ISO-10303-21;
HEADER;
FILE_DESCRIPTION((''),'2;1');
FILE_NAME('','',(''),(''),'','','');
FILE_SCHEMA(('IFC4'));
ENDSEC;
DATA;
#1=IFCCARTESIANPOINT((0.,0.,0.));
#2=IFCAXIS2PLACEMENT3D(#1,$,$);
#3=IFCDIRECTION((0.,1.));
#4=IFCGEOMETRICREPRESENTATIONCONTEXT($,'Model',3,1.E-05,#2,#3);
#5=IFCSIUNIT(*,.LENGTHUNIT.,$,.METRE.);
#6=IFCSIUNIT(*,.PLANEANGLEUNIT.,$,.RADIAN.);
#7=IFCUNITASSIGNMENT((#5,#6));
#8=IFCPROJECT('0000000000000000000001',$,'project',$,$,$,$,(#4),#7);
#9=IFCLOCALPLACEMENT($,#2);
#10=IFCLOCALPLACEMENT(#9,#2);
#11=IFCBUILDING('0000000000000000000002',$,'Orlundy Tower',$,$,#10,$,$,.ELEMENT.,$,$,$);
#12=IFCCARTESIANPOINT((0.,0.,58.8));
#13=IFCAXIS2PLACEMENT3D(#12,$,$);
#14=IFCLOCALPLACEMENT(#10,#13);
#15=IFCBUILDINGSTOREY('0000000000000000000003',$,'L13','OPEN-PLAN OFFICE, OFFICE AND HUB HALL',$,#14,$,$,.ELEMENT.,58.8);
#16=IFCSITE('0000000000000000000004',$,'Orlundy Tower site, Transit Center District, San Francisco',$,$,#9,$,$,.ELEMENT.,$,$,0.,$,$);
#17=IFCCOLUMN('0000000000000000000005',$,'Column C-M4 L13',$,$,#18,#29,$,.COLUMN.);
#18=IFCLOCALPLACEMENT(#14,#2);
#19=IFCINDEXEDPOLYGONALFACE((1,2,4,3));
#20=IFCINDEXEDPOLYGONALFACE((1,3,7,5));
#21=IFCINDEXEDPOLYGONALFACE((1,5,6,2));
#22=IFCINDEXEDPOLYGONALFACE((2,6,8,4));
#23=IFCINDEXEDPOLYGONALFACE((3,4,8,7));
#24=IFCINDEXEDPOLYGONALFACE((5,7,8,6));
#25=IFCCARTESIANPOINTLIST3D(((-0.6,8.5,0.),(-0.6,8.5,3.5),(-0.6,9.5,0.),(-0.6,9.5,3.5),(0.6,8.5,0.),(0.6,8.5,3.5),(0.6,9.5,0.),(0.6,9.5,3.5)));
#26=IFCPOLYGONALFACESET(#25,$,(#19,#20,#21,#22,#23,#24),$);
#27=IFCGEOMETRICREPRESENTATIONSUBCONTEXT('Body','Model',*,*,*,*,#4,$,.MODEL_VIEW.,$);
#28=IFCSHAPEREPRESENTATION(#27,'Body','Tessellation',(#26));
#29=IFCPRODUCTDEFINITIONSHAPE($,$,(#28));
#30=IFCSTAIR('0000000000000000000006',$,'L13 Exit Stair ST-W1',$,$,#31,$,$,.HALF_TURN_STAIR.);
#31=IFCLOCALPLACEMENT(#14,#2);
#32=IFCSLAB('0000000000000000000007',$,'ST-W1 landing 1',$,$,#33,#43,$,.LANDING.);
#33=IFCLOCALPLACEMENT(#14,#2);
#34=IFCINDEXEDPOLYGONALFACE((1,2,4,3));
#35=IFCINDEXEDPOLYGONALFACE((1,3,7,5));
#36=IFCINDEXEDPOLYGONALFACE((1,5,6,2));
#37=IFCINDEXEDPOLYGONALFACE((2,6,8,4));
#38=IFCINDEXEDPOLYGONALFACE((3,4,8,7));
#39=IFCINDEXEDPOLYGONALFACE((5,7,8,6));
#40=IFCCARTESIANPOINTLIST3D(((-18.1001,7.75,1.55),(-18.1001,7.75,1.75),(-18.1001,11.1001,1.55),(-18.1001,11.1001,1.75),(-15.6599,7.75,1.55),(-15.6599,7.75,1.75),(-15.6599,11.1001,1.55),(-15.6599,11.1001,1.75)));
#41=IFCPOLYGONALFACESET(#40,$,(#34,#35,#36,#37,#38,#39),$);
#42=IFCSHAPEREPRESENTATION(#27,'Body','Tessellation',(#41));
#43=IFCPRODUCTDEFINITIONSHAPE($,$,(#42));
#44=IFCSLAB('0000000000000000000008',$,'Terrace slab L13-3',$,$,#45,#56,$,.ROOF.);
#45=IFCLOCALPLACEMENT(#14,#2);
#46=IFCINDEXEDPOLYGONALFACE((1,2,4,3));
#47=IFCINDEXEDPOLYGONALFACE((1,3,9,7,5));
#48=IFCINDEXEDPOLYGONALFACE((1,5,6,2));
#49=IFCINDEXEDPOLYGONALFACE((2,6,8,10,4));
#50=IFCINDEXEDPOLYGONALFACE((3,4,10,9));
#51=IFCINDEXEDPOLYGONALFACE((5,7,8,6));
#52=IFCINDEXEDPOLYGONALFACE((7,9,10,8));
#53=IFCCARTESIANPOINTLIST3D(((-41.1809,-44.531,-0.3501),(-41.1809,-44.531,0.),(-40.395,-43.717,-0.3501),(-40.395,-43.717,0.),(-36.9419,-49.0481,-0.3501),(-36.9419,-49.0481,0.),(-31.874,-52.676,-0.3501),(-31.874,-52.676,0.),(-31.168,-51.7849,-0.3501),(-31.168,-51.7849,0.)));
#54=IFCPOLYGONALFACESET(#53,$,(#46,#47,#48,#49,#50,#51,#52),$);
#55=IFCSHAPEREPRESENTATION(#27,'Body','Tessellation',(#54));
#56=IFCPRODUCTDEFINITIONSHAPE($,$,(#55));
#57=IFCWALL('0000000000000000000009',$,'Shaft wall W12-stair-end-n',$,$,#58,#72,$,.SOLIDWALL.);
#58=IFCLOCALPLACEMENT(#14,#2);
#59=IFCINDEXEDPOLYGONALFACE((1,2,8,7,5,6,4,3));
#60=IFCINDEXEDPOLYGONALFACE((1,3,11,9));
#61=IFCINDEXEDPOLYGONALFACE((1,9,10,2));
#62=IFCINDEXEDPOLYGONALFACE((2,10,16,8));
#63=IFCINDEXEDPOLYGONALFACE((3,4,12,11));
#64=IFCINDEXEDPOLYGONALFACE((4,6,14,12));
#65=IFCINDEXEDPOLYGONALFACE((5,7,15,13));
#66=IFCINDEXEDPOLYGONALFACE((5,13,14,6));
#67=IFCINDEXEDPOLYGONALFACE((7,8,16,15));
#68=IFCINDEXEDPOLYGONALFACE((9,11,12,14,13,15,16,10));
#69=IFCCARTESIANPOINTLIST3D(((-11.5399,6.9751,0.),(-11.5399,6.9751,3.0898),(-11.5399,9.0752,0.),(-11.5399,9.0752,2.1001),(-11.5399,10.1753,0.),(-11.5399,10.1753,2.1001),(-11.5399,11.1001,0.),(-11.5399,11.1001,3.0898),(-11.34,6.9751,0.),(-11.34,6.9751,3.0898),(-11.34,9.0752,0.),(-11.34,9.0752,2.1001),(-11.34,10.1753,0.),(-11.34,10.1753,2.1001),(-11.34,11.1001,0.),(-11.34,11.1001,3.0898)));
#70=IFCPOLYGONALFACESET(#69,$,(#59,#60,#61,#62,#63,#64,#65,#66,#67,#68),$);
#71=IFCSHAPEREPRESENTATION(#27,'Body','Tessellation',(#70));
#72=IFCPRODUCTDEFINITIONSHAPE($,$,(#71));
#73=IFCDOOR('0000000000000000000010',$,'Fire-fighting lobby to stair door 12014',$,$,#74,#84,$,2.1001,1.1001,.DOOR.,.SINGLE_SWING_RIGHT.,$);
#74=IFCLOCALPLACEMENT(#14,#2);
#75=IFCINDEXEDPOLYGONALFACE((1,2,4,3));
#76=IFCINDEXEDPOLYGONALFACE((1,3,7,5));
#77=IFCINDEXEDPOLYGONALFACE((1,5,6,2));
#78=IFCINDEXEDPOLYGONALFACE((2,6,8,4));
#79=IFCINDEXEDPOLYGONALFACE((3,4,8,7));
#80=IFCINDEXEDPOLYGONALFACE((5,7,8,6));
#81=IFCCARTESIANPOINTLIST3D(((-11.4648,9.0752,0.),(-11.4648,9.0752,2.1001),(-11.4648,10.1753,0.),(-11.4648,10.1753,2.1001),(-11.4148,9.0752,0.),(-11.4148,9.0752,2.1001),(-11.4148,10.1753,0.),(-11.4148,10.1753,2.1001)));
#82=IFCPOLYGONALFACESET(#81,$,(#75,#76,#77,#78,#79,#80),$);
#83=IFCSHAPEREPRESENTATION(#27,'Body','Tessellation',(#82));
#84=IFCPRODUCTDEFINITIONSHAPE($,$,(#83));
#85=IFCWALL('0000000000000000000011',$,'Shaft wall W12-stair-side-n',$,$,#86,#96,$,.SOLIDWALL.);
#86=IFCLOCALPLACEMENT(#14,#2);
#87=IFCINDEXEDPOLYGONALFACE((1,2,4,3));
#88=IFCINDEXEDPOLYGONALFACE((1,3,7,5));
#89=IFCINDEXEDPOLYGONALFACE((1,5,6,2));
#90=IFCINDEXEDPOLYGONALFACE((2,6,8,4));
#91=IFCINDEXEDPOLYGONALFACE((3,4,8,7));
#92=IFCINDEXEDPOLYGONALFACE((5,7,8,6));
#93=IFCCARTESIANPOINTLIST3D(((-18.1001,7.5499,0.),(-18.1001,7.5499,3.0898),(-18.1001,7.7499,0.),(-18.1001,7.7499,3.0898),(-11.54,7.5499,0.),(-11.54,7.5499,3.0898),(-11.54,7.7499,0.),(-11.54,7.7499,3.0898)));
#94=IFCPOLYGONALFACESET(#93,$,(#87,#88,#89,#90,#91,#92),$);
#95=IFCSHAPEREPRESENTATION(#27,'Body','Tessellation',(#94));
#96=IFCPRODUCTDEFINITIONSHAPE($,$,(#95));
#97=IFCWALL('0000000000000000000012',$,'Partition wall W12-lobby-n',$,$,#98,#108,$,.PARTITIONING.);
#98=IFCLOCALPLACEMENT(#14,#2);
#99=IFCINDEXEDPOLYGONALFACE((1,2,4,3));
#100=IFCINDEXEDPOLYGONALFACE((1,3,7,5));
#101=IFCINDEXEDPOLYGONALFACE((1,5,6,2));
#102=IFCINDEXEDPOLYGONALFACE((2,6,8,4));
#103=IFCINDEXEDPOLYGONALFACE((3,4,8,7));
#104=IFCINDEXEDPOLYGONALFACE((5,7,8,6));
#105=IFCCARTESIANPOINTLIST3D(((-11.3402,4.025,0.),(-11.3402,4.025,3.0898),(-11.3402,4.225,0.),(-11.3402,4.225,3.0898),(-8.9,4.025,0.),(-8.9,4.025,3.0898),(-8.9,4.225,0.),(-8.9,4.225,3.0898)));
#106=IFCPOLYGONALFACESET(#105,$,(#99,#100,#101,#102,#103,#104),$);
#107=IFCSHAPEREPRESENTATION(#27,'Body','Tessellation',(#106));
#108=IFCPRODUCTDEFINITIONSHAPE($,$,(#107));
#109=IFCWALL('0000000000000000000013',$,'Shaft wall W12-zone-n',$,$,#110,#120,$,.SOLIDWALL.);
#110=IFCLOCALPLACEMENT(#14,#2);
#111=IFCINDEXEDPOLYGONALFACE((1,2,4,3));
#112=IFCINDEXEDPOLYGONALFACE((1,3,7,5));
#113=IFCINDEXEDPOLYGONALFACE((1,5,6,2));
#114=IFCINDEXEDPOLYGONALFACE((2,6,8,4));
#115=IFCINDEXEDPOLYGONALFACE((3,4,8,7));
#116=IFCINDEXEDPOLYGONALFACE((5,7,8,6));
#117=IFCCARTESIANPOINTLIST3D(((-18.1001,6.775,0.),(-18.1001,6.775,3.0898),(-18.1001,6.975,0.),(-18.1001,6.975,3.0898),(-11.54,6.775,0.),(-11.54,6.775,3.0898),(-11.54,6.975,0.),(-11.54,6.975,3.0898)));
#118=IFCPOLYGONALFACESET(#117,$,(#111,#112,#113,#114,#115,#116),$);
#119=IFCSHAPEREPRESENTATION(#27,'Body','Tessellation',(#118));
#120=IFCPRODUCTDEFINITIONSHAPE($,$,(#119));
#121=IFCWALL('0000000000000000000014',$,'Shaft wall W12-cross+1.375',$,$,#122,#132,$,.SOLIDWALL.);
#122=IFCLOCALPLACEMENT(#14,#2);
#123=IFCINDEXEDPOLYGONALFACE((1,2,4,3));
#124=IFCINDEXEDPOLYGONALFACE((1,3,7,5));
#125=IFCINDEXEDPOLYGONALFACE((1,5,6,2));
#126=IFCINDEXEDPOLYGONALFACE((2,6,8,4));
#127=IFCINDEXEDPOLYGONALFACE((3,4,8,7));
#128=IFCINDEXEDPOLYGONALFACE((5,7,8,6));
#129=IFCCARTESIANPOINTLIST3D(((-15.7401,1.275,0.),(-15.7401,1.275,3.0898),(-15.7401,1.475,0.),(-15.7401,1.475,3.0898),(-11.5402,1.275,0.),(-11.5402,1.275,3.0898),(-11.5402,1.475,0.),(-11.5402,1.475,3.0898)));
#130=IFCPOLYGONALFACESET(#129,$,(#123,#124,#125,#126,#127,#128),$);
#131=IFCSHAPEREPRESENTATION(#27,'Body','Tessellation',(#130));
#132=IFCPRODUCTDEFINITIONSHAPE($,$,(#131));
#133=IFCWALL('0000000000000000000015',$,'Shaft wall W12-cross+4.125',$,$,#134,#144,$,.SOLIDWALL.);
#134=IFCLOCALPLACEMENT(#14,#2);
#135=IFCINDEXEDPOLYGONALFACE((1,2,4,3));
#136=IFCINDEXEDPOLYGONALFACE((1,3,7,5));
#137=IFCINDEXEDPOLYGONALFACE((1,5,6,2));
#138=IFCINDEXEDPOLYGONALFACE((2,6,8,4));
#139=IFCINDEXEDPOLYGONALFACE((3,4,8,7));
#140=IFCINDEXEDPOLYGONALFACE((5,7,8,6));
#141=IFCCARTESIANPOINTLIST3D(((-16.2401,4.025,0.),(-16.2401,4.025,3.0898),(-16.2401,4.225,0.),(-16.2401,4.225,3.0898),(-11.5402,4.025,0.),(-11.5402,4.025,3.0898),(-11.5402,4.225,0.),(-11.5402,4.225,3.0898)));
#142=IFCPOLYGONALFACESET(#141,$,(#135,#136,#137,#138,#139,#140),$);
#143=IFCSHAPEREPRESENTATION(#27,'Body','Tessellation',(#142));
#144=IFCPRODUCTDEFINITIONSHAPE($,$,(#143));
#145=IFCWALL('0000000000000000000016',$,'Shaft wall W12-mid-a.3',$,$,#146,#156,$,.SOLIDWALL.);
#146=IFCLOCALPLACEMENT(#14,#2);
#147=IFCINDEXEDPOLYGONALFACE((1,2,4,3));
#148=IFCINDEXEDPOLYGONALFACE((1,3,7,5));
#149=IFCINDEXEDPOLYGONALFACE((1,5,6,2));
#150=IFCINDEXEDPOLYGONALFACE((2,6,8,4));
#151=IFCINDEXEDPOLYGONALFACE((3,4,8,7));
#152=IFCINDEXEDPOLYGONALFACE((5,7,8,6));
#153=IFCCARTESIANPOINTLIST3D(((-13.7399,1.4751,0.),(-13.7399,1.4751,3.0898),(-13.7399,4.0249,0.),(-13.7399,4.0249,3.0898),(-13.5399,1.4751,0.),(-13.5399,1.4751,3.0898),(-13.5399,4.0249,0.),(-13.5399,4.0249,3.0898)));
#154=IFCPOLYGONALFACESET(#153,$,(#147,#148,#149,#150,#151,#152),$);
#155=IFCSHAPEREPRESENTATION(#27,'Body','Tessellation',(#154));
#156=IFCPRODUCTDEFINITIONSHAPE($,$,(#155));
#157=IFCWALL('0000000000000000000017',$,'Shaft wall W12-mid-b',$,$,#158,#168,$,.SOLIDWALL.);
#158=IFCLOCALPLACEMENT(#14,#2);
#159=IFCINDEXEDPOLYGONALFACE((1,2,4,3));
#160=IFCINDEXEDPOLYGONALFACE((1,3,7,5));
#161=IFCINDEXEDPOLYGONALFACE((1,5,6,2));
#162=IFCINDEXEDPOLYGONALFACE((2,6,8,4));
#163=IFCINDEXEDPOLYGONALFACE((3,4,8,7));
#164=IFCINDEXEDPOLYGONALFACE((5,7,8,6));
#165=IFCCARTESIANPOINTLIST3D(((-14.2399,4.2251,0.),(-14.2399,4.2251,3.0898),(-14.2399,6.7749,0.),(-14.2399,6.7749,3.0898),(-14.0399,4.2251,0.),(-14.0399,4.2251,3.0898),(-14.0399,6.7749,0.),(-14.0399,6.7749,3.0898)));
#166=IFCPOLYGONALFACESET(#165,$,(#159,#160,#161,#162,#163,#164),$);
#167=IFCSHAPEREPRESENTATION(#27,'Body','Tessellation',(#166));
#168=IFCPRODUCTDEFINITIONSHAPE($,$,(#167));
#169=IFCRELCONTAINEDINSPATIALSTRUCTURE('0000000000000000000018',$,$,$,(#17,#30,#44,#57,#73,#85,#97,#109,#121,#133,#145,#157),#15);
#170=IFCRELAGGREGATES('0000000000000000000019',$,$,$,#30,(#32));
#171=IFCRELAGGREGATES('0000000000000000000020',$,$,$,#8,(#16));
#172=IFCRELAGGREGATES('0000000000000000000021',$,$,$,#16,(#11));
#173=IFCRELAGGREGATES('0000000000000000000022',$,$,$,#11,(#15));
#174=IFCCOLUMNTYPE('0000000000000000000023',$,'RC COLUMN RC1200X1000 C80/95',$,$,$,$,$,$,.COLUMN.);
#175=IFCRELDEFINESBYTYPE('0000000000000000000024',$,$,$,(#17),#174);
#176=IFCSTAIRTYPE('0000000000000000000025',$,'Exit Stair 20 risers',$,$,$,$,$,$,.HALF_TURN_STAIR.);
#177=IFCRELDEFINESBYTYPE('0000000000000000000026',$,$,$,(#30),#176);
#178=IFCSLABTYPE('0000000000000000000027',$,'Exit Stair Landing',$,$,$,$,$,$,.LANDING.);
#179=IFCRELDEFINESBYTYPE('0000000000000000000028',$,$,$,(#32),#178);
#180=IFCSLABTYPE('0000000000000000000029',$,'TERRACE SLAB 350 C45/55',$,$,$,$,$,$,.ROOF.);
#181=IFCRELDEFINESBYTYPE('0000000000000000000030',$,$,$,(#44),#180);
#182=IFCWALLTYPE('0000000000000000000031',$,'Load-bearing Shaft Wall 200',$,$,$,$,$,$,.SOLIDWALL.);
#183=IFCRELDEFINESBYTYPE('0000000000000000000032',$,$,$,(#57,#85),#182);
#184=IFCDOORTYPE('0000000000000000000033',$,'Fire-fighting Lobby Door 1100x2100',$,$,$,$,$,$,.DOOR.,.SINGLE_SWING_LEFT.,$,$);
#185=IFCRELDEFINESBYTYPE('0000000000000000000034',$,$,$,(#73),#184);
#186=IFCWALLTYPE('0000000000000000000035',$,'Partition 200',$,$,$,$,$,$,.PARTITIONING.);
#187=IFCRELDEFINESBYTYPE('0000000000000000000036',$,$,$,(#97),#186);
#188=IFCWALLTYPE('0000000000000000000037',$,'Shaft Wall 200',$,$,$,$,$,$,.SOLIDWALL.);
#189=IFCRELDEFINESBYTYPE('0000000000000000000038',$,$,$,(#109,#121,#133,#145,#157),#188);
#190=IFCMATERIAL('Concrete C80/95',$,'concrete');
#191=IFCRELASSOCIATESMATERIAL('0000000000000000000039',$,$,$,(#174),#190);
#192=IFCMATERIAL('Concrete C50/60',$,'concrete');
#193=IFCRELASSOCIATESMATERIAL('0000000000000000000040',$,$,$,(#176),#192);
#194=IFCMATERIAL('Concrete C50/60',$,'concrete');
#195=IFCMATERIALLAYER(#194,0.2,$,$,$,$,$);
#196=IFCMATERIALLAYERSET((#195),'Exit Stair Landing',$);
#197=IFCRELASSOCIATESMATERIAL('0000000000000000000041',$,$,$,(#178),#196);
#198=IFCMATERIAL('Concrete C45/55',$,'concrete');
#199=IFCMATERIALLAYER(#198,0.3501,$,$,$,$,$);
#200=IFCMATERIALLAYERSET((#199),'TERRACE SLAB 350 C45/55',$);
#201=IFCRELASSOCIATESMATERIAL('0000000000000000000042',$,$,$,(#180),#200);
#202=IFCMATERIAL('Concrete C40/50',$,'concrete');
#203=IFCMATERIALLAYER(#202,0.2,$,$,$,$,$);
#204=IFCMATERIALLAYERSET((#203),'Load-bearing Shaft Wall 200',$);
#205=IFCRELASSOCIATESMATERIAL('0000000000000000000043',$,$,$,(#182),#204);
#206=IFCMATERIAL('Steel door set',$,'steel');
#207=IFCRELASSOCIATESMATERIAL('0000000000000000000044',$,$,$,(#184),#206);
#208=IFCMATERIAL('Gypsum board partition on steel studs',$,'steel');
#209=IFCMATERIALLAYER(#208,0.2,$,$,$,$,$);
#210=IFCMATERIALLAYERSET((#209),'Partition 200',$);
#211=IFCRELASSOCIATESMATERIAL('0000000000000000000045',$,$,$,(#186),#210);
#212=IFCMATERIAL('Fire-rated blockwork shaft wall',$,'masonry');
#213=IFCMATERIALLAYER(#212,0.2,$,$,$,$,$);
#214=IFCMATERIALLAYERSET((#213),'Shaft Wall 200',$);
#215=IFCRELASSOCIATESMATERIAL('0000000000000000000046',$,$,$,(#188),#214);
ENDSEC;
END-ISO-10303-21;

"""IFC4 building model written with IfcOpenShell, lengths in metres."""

from ifc_helpers import new_model, si_unit, direction, frame, frame_2d, origin, origin_2d, place, context, subcontext, project, spatial, polyline, rectangle, outline, extrude, material, layer, layer_set, material_profile, profile_set, type_object, element, fill, aggregate, save


model = new_model("IFC4")

# Units and contexts
model_context = context("Model", 3, precision=1e-05, world=origin(), true_north=direction((0.0, 1.0)))
body_context = subcontext(model_context, "Body", "Model", "MODEL_VIEW")
ifc_project = project(units=[si_unit("LENGTHUNIT", "METRE"), si_unit("PLANEANGLEUNIT", "RADIAN")], contexts=[model_context])

# Site, building, storey
site_placement = place(None, origin())
site = spatial("IfcSite", under=ifc_project, at=site_placement, Name="Orlundy Tower site, Transit Center District, San Francisco", CompositionType="ELEMENT", RefElevation=0.0)
building_placement = place(site_placement, origin())
building = spatial("IfcBuilding", under=site, at=building_placement, Name="Orlundy Tower", CompositionType="ELEMENT")
storey_placement = place(building_placement, frame((0.0, 0.0, 58.8)))
storey = spatial("IfcBuildingStorey", under=building, at=storey_placement, Name="L13", Description="OPEN-PLAN OFFICE, OFFICE AND HUB HALL", CompositionType="ELEMENT", Elevation=58.8)

# Column
ifc_material_1 = material(Name="Concrete C80/95", Category="concrete")
ifc_material_profile = material_profile(ifc_material_1, rectangle(XDim=1.2, YDim=1.0, at=origin_2d()), Name="RC1200X1000")
ifc_profile_set = profile_set([ifc_material_profile], Name="Concrete C80/95")
column_type = type_object("IfcColumnType", Name="RC COLUMN RC1200X1000 C80/95", PredefinedType="COLUMN", material=ifc_profile_set)
column_placement = place(storey_placement, frame((0.0, 9.0, 0.0), z_axis=(0.0, 0.0, 1.0), x_axis=(1.0, 0.0, 0.0)))
element("IfcColumn", 1, at=column_placement, inside=storey, type_object=column_type, Name="Column C-M4 L13", PredefinedType="COLUMN", context=body_context, shape_type="SweptSolid", body=[
    extrude(rectangle(XDim=1.2, YDim=1.0, at=origin_2d()), origin(), (0.0, 0.0, 1.0), 3.5),
])

# Stair, slab
ifc_material_2 = material(Name="Concrete C50/60", Category="concrete")
stair_type = type_object("IfcStairType", Name="Exit Stair 20 risers", PredefinedType="HALF_TURN_STAIR", material=ifc_material_2)
stair_placement = place(storey_placement, origin())
stair = element("IfcStair", 2, at=stair_placement, inside=storey, type_object=stair_type, Name="L13 Exit Stair ST-W1", PredefinedType="HALF_TURN_STAIR")
ifc_material_3 = material(Name="Concrete C50/60", Category="concrete")
ifc_layer_1 = layer(ifc_material_3, 0.2)
ifc_layer_set_1 = layer_set([ifc_layer_1], Name="Exit Stair Landing")
slab_type_1 = type_object("IfcSlabType", Name="Exit Stair Landing", PredefinedType="LANDING", material=ifc_layer_set_1)
slab_1_placement = place(storey_placement, frame((0.0, 0.0, 1.55)))
slab_1 = element("IfcSlab", 3, at=slab_1_placement, type_object=slab_type_1, Name="ST-W1 landing 1", PredefinedType="LANDING", context=body_context, shape_type="SweptSolid", body=[
    extrude(outline(polyline([(-15.6599, 11.1001), (-18.1001, 11.1001), (-18.1001, 7.75), (-15.6599, 7.75), (-15.6599, 11.1001)])), origin(), (0.0, 0.0, 1.0), 0.2),
])

# Slab
ifc_material_4 = material(Name="Concrete C45/55", Category="concrete")
ifc_layer_2 = layer(ifc_material_4, 0.3501)
ifc_layer_set_2 = layer_set([ifc_layer_2], Name="TERRACE SLAB 350 C45/55")
slab_type_2 = type_object("IfcSlabType", Name="TERRACE SLAB 350 C45/55", PredefinedType="ROOF", material=ifc_layer_set_2)
slab_2_placement = place(storey_placement, frame((0.0, 0.0, -0.3501)))
element("IfcSlab", 4, at=slab_2_placement, inside=storey, type_object=slab_type_2, Name="Terrace slab L13-3", PredefinedType="ROOF", context=body_context, shape_type="SweptSolid", body=[
    extrude(outline(polyline([(-41.1809, -44.531), (-40.395, -43.717), (-31.168, -51.7849), (-31.874, -52.676), (-36.9419, -49.0481), (-41.1809, -44.531)])), origin(), (0.0, 0.0, 1.0), 0.3501),
])

# Wall, opening, door
ifc_material_5 = material(Name="Concrete C40/50", Category="concrete")
ifc_layer_3 = layer(ifc_material_5, 0.2)
ifc_layer_set_3 = layer_set([ifc_layer_3], Name="Load-bearing Shaft Wall 200")
wall_type_1 = type_object("IfcWallType", Name="Load-bearing Shaft Wall 200", PredefinedType="SOLIDWALL", material=ifc_layer_set_3)
wall_1_placement = place(storey_placement, frame((-11.4399, 6.9751, 0.0), z_axis=(0.0, 0.0, 1.0), x_axis=(0.0, 1.0, 0.0)))
wall_1 = element("IfcWall", 5, at=wall_1_placement, inside=storey, type_object=wall_type_1, Name="Shaft wall W12-stair-end-n", PredefinedType="SOLIDWALL", context=body_context, shape_type="SweptSolid", body=[
    extrude(rectangle(XDim=4.125, YDim=0.2, at=frame_2d((2.0625, 0.0))), origin(), (0.0, 0.0, 1.0), 3.0898),
])
opening_placement = place(wall_1_placement, frame((2.1001, 0.0, 0.0)))
opening = element("IfcOpeningElement", 6, at=opening_placement, cuts=wall_1, PredefinedType="OPENING", context=body_context, shape_type="SweptSolid", body=[
    extrude(rectangle(XDim=1.1001, YDim=2.1001, at=frame_2d((0.55, 1.05))), frame((0.0, 0.1101, 0.0), z_axis=(0.0, -1.0, 0.0), x_axis=(1.0, 0.0, 0.0)), (0.0, 0.0, 1.0), 0.2202),
])
ifc_material_6 = material(Name="Steel door set", Category="steel")
door_type = type_object("IfcDoorType", Name="Fire-fighting Lobby Door 1100x2100", OperationType="SINGLE_SWING_LEFT", PredefinedType="DOOR", material=ifc_material_6)
door_placement = place(opening_placement, origin())
door = element("IfcDoor", 7, at=door_placement, inside=storey, type_object=door_type, Name="Fire-fighting lobby to stair door 12014", OperationType="SINGLE_SWING_RIGHT", OverallHeight=2.1001, OverallWidth=1.1001, PredefinedType="DOOR", context=body_context, shape_type="SweptSolid", body=[
    extrude(rectangle(XDim=1.1001, YDim=2.1001, at=frame_2d((0.55, 1.05))), frame((0.0, 0.0249, 0.0), z_axis=(0.0, -1.0, 0.0), x_axis=(1.0, 0.0, 0.0)), (0.0, 0.0, 1.0), 0.05),
])
fill(opening, door)

# Walls
wall_2_placement = place(storey_placement, frame((-11.54, 7.6499, 0.0), z_axis=(0.0, 0.0, 1.0), x_axis=(-1.0, 0.0, 0.0)))
element("IfcWall", 8, at=wall_2_placement, inside=storey, type_object=wall_type_1, Name="Shaft wall W12-stair-side-n", PredefinedType="SOLIDWALL", context=body_context, shape_type="SweptSolid", body=[
    extrude(rectangle(XDim=6.5601, YDim=0.2, at=frame_2d((3.28, 0.0))), origin(), (0.0, 0.0, 1.0), 3.0898),
])
ifc_material_7 = material(Name="Gypsum board partition on steel studs", Category="steel")
ifc_layer_4 = layer(ifc_material_7, 0.2)
ifc_layer_set_4 = layer_set([ifc_layer_4], Name="Partition 200")
wall_type_2 = type_object("IfcWallType", Name="Partition 200", PredefinedType="PARTITIONING", material=ifc_layer_set_4)
wall_3_placement = place(storey_placement, frame((-8.8999, 4.125, 0.0), z_axis=(0.0, 0.0, 1.0), x_axis=(-1.0, 0.0, 0.0)))
element("IfcWall", 9, at=wall_3_placement, inside=storey, type_object=wall_type_2, Name="Partition wall W12-lobby-n", PredefinedType="PARTITIONING", context=body_context, shape_type="SweptSolid", body=[
    extrude(rectangle(XDim=2.4402, YDim=0.2, at=frame_2d((1.2202, 0.0))), origin(), (0.0, 0.0, 1.0), 3.0898),
])
ifc_material_8 = material(Name="Fire-rated blockwork shaft wall", Category="masonry")
ifc_layer_5 = layer(ifc_material_8, 0.2)
ifc_layer_set_5 = layer_set([ifc_layer_5], Name="Shaft Wall 200")
wall_type_3 = type_object("IfcWallType", Name="Shaft Wall 200", PredefinedType="SOLIDWALL", material=ifc_layer_set_5)
wall_4_placement = place(storey_placement, frame((-11.54, 6.875, 0.0), z_axis=(0.0, 0.0, 1.0), x_axis=(-1.0, 0.0, 0.0)))
element("IfcWall", 10, at=wall_4_placement, inside=storey, type_object=wall_type_3, Name="Shaft wall W12-zone-n", PredefinedType="SOLIDWALL", context=body_context, shape_type="SweptSolid", body=[
    extrude(rectangle(XDim=6.5601, YDim=0.2, at=frame_2d((3.28, 0.0))), origin(), (0.0, 0.0, 1.0), 3.0898),
])
wall_5_placement = place(storey_placement, frame((-11.54, 1.375, 0.0), z_axis=(0.0, 0.0, 1.0), x_axis=(-1.0, 0.0, 0.0)))
element("IfcWall", 11, at=wall_5_placement, inside=storey, type_object=wall_type_3, Name="Shaft wall W12-cross+1.375", PredefinedType="SOLIDWALL", context=body_context, shape_type="SweptSolid", body=[
    extrude(rectangle(XDim=4.2, YDim=0.2, at=frame_2d((2.1001, 0.0))), origin(), (0.0, 0.0, 1.0), 3.0898),
])
wall_6_placement = place(storey_placement, frame((-11.54, 4.125, 0.0), z_axis=(0.0, 0.0, 1.0), x_axis=(-1.0, 0.0, 0.0)))
element("IfcWall", 12, at=wall_6_placement, inside=storey, type_object=wall_type_3, Name="Shaft wall W12-cross+4.125", PredefinedType="SOLIDWALL", context=body_context, shape_type="SweptSolid", body=[
    extrude(rectangle(XDim=4.7, YDim=0.2, at=frame_2d((2.3501, 0.0))), origin(), (0.0, 0.0, 1.0), 3.0898),
])
for number, where, z_axis, x_axis, name in (
    (13, (-13.6399, 1.4751, 0.0), (0.0, 0.0, 1.0), (0.0, 1.0, 0.0), "Shaft wall W12-mid-a.3"),
    (14, (-14.1399, 4.2251, 0.0), (0.0, 0.0, 1.0), (0.0, 1.0, 0.0), "Shaft wall W12-mid-b"),
):
    element("IfcWall", number, at=place(storey_placement, frame(where, z_axis=z_axis, x_axis=x_axis)), inside=storey, type_object=wall_type_3, Name=name, PredefinedType="SOLIDWALL", context=body_context, shape_type="SweptSolid", body=[
        extrude(rectangle(XDim=2.5498, YDim=0.2, at=frame_2d((1.2749, 0.0))), origin(), (0.0, 0.0, 1.0), 3.0898),
    ])

aggregate(stair, [slab_1])

save(model, "model.ifc")
